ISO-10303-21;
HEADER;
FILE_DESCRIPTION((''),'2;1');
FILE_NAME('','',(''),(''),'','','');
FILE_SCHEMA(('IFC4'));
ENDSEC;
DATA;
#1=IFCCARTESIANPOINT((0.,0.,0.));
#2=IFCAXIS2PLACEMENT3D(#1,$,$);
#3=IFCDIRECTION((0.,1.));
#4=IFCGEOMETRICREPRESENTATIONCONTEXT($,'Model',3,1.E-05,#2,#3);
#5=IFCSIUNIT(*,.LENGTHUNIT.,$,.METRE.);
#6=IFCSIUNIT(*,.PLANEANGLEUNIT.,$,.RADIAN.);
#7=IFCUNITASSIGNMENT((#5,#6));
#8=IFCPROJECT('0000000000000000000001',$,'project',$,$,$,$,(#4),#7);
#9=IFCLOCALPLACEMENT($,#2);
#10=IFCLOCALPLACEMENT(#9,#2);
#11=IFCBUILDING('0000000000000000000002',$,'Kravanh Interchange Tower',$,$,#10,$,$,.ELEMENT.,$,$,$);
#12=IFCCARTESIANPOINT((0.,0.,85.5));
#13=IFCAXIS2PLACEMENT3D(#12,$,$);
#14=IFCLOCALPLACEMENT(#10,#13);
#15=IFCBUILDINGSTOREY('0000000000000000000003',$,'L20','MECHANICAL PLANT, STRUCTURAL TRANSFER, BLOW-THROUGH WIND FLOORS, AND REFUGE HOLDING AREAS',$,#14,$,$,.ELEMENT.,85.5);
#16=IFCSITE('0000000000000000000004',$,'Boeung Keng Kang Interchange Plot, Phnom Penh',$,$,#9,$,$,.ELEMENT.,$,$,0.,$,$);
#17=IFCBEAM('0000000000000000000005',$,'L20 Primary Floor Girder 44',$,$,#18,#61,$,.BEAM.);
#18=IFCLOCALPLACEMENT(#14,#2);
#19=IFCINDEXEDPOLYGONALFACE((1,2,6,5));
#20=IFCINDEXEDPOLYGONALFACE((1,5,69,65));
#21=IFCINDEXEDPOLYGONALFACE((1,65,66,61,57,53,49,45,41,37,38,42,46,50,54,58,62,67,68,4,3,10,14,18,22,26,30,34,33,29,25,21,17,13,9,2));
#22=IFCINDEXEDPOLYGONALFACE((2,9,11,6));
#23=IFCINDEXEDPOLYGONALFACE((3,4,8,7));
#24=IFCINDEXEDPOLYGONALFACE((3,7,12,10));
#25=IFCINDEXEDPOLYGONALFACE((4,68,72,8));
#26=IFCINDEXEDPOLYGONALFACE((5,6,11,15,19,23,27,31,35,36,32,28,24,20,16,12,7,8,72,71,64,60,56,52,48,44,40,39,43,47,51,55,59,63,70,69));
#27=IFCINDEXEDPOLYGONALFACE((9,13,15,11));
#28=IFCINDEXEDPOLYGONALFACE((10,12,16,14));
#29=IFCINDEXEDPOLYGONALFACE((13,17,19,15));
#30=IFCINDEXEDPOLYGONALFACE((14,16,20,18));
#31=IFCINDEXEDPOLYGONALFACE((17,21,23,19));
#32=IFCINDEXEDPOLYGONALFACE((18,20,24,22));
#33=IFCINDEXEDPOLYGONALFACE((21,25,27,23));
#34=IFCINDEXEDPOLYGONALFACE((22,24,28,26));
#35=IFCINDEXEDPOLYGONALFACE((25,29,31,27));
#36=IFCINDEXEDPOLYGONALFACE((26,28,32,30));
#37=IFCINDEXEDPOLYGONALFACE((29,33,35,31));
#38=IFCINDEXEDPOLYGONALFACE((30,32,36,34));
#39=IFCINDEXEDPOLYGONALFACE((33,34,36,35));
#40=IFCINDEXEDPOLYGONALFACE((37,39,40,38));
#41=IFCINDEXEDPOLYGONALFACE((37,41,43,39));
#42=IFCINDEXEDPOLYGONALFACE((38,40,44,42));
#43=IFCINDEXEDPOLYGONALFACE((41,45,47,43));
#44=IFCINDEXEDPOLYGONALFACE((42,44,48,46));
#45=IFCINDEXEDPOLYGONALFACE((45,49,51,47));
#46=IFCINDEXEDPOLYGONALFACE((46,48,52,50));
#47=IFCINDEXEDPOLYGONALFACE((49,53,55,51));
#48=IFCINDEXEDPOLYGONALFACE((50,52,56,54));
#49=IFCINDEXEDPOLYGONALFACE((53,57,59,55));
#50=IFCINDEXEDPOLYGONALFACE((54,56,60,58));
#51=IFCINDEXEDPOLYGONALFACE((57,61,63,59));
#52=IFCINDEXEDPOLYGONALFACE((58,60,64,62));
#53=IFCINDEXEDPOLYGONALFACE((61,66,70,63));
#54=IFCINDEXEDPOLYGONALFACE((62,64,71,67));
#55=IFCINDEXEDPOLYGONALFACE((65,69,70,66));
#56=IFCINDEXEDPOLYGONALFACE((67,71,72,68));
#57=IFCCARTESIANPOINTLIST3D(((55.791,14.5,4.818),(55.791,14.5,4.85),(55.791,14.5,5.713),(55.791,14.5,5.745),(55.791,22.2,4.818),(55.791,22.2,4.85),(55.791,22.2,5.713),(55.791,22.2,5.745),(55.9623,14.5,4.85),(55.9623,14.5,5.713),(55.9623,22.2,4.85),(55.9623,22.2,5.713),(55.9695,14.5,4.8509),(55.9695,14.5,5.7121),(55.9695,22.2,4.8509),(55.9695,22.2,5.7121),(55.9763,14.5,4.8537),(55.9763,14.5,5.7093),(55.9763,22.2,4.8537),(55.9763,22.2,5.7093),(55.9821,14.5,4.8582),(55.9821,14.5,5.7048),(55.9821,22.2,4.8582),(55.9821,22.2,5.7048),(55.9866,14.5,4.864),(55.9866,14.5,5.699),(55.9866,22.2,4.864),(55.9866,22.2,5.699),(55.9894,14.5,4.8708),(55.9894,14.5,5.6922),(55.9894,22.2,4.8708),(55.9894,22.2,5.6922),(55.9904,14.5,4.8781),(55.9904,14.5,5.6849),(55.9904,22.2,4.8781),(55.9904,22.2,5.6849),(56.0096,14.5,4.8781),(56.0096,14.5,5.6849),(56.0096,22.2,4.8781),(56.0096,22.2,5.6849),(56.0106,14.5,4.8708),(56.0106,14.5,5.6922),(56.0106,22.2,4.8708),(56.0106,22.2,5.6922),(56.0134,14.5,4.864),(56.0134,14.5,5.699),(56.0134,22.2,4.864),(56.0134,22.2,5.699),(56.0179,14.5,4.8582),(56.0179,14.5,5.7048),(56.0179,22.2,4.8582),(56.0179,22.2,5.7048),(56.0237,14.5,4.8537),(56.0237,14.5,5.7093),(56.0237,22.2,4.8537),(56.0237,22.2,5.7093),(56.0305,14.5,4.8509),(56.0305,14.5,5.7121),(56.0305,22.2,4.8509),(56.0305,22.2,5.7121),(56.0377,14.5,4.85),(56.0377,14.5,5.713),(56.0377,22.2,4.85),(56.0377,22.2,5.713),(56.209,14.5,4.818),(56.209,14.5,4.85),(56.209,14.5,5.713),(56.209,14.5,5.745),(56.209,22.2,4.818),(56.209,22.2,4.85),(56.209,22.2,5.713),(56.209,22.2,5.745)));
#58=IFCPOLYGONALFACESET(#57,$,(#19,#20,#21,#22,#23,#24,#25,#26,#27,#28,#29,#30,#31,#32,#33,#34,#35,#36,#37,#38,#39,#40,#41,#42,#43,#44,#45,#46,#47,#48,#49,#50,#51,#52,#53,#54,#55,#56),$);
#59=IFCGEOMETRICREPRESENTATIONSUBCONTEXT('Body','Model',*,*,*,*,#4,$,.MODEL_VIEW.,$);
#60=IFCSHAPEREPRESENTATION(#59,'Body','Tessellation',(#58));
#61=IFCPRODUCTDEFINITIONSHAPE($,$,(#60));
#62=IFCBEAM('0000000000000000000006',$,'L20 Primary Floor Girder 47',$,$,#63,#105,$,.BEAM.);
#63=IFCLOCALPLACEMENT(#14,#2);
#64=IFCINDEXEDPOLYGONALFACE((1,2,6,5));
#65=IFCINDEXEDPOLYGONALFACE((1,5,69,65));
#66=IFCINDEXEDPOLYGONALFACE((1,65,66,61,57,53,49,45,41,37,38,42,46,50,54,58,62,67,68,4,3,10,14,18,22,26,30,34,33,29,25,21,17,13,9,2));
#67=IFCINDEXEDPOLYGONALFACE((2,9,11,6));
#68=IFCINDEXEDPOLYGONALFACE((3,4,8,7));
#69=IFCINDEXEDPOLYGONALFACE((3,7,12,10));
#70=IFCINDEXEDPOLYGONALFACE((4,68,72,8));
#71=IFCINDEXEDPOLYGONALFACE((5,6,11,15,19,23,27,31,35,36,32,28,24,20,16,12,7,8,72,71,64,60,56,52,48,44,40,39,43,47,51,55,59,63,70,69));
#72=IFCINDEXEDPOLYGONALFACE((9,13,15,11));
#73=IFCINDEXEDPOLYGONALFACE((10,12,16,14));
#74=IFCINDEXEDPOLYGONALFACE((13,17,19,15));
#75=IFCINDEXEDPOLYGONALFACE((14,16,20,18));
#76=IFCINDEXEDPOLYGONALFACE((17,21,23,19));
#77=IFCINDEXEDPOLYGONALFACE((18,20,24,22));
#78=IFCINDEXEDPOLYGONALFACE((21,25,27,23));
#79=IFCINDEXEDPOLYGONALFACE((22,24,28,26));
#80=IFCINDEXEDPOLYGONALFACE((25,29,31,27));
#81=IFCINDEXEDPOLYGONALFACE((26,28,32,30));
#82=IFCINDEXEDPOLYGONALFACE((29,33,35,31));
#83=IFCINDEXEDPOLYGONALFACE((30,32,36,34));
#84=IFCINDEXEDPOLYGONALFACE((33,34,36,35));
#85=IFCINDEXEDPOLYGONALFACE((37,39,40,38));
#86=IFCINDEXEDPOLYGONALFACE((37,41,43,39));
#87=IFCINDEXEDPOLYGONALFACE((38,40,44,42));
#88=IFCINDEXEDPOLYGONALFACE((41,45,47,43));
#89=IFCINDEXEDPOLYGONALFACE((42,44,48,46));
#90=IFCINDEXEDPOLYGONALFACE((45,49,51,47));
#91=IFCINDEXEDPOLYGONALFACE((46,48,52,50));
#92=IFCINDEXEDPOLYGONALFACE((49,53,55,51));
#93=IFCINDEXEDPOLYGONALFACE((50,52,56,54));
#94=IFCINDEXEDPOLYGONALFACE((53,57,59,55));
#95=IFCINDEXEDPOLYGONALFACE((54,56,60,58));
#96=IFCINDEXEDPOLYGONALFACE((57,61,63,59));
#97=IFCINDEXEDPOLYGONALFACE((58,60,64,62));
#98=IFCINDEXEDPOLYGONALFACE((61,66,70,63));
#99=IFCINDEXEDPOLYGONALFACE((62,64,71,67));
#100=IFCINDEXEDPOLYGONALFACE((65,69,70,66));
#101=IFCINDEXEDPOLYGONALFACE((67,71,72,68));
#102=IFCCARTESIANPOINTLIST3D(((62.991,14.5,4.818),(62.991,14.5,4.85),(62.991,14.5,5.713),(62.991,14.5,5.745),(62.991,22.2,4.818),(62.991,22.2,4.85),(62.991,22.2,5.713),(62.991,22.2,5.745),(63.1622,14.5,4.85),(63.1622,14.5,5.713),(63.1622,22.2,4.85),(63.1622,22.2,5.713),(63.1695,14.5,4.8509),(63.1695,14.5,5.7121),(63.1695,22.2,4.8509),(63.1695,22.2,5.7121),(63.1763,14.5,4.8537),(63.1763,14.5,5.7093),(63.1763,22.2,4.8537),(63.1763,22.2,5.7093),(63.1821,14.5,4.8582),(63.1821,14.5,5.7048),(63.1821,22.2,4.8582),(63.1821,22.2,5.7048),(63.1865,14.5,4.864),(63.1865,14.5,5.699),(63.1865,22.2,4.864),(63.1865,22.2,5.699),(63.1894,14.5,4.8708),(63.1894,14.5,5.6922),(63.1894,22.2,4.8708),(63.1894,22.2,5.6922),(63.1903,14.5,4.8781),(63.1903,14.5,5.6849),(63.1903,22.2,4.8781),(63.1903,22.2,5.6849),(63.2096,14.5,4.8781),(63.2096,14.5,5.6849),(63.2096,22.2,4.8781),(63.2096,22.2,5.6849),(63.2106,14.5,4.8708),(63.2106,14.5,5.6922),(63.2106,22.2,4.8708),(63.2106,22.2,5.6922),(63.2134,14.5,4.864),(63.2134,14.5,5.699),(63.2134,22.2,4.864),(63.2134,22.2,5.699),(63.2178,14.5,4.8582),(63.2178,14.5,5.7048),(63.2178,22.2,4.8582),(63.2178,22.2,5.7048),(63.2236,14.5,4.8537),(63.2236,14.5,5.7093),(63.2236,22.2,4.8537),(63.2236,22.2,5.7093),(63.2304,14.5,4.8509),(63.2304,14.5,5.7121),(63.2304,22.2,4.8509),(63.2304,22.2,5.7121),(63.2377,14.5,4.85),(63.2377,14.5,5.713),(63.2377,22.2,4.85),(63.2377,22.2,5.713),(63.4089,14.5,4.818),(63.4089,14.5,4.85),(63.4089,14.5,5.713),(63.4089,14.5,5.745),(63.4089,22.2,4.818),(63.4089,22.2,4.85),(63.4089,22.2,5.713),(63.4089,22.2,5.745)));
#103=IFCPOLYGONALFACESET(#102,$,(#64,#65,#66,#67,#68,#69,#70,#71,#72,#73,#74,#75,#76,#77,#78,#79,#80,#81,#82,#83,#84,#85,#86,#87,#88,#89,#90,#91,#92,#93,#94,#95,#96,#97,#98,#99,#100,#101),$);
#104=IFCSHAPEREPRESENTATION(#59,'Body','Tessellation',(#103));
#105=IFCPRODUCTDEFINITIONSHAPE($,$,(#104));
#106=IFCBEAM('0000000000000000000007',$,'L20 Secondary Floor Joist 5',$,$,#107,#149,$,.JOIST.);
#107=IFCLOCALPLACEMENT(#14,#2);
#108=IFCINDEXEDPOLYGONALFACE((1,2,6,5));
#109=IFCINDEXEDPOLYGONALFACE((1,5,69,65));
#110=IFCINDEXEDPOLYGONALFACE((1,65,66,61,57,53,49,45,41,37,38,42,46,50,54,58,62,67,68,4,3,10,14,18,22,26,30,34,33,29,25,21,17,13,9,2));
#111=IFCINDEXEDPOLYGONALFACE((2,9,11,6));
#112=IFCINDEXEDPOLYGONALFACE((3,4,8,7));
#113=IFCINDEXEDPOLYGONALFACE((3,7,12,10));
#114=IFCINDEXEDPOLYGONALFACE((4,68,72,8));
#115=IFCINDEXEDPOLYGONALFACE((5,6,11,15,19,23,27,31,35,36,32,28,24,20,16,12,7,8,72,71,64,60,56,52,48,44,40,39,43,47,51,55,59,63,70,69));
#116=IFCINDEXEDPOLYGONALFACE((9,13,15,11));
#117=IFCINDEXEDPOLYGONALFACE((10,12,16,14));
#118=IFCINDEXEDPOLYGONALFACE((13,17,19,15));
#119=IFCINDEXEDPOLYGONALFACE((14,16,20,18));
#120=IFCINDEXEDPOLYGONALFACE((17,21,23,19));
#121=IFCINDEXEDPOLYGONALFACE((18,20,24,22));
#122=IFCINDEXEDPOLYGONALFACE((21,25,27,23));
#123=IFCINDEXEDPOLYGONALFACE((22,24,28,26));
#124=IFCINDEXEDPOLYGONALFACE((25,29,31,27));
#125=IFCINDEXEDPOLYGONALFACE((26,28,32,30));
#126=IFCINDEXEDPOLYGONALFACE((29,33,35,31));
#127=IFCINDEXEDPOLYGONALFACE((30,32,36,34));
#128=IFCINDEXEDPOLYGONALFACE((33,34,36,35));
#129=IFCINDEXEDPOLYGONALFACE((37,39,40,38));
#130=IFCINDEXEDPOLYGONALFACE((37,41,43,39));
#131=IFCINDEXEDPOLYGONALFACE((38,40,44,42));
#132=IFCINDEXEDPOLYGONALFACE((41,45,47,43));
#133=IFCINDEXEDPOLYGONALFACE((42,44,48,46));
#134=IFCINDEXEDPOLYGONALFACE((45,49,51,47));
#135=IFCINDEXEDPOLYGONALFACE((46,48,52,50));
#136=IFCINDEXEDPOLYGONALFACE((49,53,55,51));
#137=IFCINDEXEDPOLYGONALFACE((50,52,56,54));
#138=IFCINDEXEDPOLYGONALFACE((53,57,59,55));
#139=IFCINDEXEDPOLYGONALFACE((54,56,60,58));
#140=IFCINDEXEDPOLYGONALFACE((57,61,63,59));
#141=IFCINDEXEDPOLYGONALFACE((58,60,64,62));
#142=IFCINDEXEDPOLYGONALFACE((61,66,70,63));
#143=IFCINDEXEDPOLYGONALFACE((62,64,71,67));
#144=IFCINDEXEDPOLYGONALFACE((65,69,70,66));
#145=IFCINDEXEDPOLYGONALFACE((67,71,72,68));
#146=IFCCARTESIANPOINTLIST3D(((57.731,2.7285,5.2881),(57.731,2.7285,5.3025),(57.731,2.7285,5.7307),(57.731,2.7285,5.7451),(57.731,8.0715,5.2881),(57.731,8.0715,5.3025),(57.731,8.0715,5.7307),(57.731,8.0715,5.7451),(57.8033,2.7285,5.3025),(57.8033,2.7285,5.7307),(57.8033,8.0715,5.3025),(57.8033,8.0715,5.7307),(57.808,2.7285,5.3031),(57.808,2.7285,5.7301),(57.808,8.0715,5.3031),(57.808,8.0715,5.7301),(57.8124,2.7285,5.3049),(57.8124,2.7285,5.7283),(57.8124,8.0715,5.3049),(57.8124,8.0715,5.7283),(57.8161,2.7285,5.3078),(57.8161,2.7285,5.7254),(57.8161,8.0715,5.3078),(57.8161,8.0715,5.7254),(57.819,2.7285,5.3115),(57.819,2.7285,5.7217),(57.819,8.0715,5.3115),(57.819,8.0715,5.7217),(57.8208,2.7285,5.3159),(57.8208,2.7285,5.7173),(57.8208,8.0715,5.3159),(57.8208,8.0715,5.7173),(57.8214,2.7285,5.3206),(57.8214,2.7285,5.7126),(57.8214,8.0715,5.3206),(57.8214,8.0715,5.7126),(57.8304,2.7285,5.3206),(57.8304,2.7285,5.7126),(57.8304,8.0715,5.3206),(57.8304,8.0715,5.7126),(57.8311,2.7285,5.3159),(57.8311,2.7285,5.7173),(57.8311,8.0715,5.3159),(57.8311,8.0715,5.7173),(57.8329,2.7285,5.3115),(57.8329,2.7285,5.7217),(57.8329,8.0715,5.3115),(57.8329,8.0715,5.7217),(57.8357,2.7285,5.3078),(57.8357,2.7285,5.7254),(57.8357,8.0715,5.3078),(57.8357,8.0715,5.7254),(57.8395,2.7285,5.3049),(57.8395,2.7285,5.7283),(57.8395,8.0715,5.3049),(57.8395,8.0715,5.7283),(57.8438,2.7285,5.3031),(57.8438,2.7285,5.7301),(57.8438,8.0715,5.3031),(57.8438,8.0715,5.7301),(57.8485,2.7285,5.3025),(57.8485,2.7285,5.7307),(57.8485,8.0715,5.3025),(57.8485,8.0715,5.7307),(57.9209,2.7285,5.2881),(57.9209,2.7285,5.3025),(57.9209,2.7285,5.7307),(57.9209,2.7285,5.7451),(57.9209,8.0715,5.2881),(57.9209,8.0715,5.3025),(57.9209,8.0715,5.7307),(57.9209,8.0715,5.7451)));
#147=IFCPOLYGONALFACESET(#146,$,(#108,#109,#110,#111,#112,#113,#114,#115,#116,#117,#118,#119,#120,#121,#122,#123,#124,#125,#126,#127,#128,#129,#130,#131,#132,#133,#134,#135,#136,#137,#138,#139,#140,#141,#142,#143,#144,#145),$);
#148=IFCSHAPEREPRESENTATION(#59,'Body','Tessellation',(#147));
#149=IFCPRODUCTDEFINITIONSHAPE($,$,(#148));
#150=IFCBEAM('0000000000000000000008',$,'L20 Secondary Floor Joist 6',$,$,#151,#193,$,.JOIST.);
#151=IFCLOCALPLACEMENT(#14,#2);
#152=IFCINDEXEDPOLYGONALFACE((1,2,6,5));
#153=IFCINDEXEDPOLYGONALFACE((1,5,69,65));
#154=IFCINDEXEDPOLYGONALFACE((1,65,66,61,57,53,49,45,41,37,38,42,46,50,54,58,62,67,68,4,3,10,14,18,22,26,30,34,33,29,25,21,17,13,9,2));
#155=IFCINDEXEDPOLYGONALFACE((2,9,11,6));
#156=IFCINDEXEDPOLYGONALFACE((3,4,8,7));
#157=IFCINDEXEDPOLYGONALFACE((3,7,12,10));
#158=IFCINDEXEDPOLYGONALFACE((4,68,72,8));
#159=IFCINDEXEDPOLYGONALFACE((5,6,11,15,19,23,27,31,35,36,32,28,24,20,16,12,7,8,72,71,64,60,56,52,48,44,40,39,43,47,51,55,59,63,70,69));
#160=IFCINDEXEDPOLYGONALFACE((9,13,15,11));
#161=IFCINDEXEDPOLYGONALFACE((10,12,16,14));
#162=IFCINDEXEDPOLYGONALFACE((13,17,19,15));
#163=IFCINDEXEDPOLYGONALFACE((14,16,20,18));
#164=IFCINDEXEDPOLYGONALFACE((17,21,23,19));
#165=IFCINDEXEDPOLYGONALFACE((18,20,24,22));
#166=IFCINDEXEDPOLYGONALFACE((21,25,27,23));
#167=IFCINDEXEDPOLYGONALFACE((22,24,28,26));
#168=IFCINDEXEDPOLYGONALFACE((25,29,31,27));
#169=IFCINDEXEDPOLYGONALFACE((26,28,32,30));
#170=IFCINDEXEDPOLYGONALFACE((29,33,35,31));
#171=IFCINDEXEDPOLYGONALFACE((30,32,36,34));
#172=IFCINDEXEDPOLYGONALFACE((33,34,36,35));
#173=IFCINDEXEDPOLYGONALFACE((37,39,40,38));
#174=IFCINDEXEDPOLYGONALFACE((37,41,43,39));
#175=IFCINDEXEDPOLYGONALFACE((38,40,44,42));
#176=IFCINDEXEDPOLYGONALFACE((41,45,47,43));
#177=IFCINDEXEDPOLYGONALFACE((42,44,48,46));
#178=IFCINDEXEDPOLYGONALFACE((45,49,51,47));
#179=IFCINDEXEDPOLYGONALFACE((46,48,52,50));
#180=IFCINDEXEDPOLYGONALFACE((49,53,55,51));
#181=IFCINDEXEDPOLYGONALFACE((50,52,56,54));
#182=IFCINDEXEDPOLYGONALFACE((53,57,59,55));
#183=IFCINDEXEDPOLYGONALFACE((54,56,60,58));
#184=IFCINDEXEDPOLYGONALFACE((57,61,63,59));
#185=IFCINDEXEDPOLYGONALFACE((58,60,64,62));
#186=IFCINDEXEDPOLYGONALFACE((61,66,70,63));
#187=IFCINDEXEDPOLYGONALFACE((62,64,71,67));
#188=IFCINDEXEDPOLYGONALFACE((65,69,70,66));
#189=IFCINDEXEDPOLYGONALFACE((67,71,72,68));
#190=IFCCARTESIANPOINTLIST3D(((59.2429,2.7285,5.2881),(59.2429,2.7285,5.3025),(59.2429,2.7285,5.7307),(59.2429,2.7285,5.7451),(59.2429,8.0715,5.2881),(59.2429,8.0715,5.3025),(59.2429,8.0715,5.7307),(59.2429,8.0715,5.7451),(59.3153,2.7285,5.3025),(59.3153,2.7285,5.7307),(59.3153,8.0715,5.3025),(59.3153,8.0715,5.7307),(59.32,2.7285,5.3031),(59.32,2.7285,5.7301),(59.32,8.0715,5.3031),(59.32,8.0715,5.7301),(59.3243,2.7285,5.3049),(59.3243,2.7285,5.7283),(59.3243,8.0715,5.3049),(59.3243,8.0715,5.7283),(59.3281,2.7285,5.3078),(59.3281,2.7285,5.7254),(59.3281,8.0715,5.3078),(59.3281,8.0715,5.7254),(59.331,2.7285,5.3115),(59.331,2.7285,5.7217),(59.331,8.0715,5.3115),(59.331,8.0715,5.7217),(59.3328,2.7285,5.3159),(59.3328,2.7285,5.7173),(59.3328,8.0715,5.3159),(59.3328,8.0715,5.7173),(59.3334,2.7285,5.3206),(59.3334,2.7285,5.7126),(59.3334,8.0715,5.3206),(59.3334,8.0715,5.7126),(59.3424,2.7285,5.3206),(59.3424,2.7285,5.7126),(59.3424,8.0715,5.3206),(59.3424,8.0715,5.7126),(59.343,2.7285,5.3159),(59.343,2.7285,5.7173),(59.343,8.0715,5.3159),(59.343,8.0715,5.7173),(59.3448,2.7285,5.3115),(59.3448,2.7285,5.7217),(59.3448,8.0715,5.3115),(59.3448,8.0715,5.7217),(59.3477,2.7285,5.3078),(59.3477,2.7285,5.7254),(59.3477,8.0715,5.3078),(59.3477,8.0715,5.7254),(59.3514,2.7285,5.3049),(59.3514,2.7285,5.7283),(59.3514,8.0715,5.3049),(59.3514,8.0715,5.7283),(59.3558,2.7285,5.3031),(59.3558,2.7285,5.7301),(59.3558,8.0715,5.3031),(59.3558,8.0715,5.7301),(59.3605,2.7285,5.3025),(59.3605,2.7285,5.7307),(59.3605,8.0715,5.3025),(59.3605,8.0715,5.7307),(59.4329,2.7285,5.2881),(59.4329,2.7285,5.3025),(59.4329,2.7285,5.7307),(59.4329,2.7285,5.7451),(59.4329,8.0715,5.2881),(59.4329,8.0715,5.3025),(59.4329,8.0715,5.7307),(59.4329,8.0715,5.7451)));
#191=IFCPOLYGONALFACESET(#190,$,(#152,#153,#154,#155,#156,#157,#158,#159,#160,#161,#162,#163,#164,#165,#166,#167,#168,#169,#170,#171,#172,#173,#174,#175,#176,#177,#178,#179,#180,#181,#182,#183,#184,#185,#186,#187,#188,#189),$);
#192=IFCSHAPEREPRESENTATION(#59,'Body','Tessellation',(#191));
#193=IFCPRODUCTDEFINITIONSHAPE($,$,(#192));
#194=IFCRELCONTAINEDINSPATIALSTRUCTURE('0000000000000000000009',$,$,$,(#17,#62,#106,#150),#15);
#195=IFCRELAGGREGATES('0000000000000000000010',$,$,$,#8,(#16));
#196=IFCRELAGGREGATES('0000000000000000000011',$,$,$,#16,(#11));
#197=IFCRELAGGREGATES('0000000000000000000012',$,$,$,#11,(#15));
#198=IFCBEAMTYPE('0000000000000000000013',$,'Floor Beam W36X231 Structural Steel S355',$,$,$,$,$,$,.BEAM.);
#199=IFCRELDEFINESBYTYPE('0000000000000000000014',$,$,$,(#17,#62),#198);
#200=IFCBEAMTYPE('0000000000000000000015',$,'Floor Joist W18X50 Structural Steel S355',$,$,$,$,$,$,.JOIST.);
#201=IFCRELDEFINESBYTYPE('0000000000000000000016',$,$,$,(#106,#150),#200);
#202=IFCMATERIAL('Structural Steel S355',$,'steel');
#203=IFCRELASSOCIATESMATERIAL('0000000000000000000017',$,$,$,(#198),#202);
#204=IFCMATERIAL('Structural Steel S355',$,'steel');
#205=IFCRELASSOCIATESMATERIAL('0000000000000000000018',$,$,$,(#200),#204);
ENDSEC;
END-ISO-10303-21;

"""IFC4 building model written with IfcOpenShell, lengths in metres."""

from ifc_helpers import new_model, si_unit, direction, frame, origin, origin_2d, place, context, subcontext, project, spatial, i_section, extrude, material, material_profile, profile_set, type_object, element, save


model = new_model("IFC4")

# Units and contexts
model_context = context("Model", 3, precision=1e-05, world=origin(), true_north=direction((0.0, 1.0)))
body_context = subcontext(model_context, "Body", "Model", "MODEL_VIEW")
ifc_project = project(units=[si_unit("LENGTHUNIT", "METRE"), si_unit("PLANEANGLEUNIT", "RADIAN")], contexts=[model_context])

# Site, building, storey
site_placement = place(None, origin())
site = spatial("IfcSite", under=ifc_project, at=site_placement, Name="Boeung Keng Kang Interchange Plot, Phnom Penh", CompositionType="ELEMENT", RefElevation=0.0)
building_placement = place(site_placement, origin())
building = spatial("IfcBuilding", under=site, at=building_placement, Name="Kravanh Interchange Tower", CompositionType="ELEMENT")
storey_placement = place(building_placement, frame((0.0, 0.0, 85.5)))
storey = spatial("IfcBuildingStorey", under=building, at=storey_placement, Name="L20", Description="MECHANICAL PLANT, STRUCTURAL TRANSFER, BLOW-THROUGH WIND FLOORS, AND REFUGE HOLDING AREAS", CompositionType="ELEMENT", Elevation=85.5)

# Beams
ifc_material_1 = material(Name="Structural Steel S355", Category="steel")
ifc_material_profile_1 = material_profile(ifc_material_1, i_section(OverallWidth=0.418, OverallDepth=0.927, WebThickness=0.0193, FlangeThickness=0.032, FilletRadius=0.0281, at=origin_2d()), Name="W36X231")
ifc_profile_set_1 = profile_set([ifc_material_profile_1], Name="Structural Steel S355")
beam_type_1 = type_object("IfcBeamType", Name="Floor Beam W36X231 Structural Steel S355", PredefinedType="BEAM", material=ifc_profile_set_1)
for number, where, z_axis, x_axis, name in (
    (1, (56.0, 14.5, 5.2815), (0.0, 1.0, 0.0), (-1.0, 0.0, 0.0), "L20 Primary Floor Girder 44"),
    (2, (63.2, 14.5, 5.2815), (0.0, 1.0, 0.0), (-1.0, 0.0, 0.0), "L20 Primary Floor Girder 47"),
):
    element("IfcBeam", number, at=place(storey_placement, frame(where, z_axis=z_axis, x_axis=x_axis)), inside=storey, type_object=beam_type_1, Name=name, PredefinedType="BEAM", context=body_context, shape_type="SweptSolid", body=[
        extrude(i_section(OverallWidth=0.418, OverallDepth=0.927, WebThickness=0.0193, FlangeThickness=0.032, FilletRadius=0.0281, at=origin_2d()), origin(), (0.0, 0.0, 1.0), 7.7),
    ])
ifc_material_2 = material(Name="Structural Steel S355", Category="steel")
ifc_material_profile_2 = material_profile(ifc_material_2, i_section(OverallWidth=0.1899, OverallDepth=0.457, WebThickness=0.009, FlangeThickness=0.0144, FilletRadius=0.0181, at=origin_2d()), Name="W18X50")
ifc_profile_set_2 = profile_set([ifc_material_profile_2], Name="Structural Steel S355")
beam_type_2 = type_object("IfcBeamType", Name="Floor Joist W18X50 Structural Steel S355", PredefinedType="JOIST", material=ifc_profile_set_2)
for number, where, z_axis, x_axis, name in (
    (3, (57.8259, 2.7285, 5.5166), (0.0, 1.0, 0.0), (-1.0, 0.0, 0.0), "L20 Secondary Floor Joist 5"),
    (4, (59.3379, 2.7285, 5.5166), (0.0, 1.0, 0.0), (-1.0, 0.0, 0.0), "L20 Secondary Floor Joist 6"),
):
    element("IfcBeam", number, at=place(storey_placement, frame(where, z_axis=z_axis, x_axis=x_axis)), inside=storey, type_object=beam_type_2, Name=name, PredefinedType="JOIST", context=body_context, shape_type="SweptSolid", body=[
        extrude(i_section(OverallWidth=0.1899, OverallDepth=0.457, WebThickness=0.009, FlangeThickness=0.0144, FilletRadius=0.0181, at=origin_2d()), origin(), (0.0, 0.0, 1.0), 5.343),
    ])

save(model, "model.ifc")
